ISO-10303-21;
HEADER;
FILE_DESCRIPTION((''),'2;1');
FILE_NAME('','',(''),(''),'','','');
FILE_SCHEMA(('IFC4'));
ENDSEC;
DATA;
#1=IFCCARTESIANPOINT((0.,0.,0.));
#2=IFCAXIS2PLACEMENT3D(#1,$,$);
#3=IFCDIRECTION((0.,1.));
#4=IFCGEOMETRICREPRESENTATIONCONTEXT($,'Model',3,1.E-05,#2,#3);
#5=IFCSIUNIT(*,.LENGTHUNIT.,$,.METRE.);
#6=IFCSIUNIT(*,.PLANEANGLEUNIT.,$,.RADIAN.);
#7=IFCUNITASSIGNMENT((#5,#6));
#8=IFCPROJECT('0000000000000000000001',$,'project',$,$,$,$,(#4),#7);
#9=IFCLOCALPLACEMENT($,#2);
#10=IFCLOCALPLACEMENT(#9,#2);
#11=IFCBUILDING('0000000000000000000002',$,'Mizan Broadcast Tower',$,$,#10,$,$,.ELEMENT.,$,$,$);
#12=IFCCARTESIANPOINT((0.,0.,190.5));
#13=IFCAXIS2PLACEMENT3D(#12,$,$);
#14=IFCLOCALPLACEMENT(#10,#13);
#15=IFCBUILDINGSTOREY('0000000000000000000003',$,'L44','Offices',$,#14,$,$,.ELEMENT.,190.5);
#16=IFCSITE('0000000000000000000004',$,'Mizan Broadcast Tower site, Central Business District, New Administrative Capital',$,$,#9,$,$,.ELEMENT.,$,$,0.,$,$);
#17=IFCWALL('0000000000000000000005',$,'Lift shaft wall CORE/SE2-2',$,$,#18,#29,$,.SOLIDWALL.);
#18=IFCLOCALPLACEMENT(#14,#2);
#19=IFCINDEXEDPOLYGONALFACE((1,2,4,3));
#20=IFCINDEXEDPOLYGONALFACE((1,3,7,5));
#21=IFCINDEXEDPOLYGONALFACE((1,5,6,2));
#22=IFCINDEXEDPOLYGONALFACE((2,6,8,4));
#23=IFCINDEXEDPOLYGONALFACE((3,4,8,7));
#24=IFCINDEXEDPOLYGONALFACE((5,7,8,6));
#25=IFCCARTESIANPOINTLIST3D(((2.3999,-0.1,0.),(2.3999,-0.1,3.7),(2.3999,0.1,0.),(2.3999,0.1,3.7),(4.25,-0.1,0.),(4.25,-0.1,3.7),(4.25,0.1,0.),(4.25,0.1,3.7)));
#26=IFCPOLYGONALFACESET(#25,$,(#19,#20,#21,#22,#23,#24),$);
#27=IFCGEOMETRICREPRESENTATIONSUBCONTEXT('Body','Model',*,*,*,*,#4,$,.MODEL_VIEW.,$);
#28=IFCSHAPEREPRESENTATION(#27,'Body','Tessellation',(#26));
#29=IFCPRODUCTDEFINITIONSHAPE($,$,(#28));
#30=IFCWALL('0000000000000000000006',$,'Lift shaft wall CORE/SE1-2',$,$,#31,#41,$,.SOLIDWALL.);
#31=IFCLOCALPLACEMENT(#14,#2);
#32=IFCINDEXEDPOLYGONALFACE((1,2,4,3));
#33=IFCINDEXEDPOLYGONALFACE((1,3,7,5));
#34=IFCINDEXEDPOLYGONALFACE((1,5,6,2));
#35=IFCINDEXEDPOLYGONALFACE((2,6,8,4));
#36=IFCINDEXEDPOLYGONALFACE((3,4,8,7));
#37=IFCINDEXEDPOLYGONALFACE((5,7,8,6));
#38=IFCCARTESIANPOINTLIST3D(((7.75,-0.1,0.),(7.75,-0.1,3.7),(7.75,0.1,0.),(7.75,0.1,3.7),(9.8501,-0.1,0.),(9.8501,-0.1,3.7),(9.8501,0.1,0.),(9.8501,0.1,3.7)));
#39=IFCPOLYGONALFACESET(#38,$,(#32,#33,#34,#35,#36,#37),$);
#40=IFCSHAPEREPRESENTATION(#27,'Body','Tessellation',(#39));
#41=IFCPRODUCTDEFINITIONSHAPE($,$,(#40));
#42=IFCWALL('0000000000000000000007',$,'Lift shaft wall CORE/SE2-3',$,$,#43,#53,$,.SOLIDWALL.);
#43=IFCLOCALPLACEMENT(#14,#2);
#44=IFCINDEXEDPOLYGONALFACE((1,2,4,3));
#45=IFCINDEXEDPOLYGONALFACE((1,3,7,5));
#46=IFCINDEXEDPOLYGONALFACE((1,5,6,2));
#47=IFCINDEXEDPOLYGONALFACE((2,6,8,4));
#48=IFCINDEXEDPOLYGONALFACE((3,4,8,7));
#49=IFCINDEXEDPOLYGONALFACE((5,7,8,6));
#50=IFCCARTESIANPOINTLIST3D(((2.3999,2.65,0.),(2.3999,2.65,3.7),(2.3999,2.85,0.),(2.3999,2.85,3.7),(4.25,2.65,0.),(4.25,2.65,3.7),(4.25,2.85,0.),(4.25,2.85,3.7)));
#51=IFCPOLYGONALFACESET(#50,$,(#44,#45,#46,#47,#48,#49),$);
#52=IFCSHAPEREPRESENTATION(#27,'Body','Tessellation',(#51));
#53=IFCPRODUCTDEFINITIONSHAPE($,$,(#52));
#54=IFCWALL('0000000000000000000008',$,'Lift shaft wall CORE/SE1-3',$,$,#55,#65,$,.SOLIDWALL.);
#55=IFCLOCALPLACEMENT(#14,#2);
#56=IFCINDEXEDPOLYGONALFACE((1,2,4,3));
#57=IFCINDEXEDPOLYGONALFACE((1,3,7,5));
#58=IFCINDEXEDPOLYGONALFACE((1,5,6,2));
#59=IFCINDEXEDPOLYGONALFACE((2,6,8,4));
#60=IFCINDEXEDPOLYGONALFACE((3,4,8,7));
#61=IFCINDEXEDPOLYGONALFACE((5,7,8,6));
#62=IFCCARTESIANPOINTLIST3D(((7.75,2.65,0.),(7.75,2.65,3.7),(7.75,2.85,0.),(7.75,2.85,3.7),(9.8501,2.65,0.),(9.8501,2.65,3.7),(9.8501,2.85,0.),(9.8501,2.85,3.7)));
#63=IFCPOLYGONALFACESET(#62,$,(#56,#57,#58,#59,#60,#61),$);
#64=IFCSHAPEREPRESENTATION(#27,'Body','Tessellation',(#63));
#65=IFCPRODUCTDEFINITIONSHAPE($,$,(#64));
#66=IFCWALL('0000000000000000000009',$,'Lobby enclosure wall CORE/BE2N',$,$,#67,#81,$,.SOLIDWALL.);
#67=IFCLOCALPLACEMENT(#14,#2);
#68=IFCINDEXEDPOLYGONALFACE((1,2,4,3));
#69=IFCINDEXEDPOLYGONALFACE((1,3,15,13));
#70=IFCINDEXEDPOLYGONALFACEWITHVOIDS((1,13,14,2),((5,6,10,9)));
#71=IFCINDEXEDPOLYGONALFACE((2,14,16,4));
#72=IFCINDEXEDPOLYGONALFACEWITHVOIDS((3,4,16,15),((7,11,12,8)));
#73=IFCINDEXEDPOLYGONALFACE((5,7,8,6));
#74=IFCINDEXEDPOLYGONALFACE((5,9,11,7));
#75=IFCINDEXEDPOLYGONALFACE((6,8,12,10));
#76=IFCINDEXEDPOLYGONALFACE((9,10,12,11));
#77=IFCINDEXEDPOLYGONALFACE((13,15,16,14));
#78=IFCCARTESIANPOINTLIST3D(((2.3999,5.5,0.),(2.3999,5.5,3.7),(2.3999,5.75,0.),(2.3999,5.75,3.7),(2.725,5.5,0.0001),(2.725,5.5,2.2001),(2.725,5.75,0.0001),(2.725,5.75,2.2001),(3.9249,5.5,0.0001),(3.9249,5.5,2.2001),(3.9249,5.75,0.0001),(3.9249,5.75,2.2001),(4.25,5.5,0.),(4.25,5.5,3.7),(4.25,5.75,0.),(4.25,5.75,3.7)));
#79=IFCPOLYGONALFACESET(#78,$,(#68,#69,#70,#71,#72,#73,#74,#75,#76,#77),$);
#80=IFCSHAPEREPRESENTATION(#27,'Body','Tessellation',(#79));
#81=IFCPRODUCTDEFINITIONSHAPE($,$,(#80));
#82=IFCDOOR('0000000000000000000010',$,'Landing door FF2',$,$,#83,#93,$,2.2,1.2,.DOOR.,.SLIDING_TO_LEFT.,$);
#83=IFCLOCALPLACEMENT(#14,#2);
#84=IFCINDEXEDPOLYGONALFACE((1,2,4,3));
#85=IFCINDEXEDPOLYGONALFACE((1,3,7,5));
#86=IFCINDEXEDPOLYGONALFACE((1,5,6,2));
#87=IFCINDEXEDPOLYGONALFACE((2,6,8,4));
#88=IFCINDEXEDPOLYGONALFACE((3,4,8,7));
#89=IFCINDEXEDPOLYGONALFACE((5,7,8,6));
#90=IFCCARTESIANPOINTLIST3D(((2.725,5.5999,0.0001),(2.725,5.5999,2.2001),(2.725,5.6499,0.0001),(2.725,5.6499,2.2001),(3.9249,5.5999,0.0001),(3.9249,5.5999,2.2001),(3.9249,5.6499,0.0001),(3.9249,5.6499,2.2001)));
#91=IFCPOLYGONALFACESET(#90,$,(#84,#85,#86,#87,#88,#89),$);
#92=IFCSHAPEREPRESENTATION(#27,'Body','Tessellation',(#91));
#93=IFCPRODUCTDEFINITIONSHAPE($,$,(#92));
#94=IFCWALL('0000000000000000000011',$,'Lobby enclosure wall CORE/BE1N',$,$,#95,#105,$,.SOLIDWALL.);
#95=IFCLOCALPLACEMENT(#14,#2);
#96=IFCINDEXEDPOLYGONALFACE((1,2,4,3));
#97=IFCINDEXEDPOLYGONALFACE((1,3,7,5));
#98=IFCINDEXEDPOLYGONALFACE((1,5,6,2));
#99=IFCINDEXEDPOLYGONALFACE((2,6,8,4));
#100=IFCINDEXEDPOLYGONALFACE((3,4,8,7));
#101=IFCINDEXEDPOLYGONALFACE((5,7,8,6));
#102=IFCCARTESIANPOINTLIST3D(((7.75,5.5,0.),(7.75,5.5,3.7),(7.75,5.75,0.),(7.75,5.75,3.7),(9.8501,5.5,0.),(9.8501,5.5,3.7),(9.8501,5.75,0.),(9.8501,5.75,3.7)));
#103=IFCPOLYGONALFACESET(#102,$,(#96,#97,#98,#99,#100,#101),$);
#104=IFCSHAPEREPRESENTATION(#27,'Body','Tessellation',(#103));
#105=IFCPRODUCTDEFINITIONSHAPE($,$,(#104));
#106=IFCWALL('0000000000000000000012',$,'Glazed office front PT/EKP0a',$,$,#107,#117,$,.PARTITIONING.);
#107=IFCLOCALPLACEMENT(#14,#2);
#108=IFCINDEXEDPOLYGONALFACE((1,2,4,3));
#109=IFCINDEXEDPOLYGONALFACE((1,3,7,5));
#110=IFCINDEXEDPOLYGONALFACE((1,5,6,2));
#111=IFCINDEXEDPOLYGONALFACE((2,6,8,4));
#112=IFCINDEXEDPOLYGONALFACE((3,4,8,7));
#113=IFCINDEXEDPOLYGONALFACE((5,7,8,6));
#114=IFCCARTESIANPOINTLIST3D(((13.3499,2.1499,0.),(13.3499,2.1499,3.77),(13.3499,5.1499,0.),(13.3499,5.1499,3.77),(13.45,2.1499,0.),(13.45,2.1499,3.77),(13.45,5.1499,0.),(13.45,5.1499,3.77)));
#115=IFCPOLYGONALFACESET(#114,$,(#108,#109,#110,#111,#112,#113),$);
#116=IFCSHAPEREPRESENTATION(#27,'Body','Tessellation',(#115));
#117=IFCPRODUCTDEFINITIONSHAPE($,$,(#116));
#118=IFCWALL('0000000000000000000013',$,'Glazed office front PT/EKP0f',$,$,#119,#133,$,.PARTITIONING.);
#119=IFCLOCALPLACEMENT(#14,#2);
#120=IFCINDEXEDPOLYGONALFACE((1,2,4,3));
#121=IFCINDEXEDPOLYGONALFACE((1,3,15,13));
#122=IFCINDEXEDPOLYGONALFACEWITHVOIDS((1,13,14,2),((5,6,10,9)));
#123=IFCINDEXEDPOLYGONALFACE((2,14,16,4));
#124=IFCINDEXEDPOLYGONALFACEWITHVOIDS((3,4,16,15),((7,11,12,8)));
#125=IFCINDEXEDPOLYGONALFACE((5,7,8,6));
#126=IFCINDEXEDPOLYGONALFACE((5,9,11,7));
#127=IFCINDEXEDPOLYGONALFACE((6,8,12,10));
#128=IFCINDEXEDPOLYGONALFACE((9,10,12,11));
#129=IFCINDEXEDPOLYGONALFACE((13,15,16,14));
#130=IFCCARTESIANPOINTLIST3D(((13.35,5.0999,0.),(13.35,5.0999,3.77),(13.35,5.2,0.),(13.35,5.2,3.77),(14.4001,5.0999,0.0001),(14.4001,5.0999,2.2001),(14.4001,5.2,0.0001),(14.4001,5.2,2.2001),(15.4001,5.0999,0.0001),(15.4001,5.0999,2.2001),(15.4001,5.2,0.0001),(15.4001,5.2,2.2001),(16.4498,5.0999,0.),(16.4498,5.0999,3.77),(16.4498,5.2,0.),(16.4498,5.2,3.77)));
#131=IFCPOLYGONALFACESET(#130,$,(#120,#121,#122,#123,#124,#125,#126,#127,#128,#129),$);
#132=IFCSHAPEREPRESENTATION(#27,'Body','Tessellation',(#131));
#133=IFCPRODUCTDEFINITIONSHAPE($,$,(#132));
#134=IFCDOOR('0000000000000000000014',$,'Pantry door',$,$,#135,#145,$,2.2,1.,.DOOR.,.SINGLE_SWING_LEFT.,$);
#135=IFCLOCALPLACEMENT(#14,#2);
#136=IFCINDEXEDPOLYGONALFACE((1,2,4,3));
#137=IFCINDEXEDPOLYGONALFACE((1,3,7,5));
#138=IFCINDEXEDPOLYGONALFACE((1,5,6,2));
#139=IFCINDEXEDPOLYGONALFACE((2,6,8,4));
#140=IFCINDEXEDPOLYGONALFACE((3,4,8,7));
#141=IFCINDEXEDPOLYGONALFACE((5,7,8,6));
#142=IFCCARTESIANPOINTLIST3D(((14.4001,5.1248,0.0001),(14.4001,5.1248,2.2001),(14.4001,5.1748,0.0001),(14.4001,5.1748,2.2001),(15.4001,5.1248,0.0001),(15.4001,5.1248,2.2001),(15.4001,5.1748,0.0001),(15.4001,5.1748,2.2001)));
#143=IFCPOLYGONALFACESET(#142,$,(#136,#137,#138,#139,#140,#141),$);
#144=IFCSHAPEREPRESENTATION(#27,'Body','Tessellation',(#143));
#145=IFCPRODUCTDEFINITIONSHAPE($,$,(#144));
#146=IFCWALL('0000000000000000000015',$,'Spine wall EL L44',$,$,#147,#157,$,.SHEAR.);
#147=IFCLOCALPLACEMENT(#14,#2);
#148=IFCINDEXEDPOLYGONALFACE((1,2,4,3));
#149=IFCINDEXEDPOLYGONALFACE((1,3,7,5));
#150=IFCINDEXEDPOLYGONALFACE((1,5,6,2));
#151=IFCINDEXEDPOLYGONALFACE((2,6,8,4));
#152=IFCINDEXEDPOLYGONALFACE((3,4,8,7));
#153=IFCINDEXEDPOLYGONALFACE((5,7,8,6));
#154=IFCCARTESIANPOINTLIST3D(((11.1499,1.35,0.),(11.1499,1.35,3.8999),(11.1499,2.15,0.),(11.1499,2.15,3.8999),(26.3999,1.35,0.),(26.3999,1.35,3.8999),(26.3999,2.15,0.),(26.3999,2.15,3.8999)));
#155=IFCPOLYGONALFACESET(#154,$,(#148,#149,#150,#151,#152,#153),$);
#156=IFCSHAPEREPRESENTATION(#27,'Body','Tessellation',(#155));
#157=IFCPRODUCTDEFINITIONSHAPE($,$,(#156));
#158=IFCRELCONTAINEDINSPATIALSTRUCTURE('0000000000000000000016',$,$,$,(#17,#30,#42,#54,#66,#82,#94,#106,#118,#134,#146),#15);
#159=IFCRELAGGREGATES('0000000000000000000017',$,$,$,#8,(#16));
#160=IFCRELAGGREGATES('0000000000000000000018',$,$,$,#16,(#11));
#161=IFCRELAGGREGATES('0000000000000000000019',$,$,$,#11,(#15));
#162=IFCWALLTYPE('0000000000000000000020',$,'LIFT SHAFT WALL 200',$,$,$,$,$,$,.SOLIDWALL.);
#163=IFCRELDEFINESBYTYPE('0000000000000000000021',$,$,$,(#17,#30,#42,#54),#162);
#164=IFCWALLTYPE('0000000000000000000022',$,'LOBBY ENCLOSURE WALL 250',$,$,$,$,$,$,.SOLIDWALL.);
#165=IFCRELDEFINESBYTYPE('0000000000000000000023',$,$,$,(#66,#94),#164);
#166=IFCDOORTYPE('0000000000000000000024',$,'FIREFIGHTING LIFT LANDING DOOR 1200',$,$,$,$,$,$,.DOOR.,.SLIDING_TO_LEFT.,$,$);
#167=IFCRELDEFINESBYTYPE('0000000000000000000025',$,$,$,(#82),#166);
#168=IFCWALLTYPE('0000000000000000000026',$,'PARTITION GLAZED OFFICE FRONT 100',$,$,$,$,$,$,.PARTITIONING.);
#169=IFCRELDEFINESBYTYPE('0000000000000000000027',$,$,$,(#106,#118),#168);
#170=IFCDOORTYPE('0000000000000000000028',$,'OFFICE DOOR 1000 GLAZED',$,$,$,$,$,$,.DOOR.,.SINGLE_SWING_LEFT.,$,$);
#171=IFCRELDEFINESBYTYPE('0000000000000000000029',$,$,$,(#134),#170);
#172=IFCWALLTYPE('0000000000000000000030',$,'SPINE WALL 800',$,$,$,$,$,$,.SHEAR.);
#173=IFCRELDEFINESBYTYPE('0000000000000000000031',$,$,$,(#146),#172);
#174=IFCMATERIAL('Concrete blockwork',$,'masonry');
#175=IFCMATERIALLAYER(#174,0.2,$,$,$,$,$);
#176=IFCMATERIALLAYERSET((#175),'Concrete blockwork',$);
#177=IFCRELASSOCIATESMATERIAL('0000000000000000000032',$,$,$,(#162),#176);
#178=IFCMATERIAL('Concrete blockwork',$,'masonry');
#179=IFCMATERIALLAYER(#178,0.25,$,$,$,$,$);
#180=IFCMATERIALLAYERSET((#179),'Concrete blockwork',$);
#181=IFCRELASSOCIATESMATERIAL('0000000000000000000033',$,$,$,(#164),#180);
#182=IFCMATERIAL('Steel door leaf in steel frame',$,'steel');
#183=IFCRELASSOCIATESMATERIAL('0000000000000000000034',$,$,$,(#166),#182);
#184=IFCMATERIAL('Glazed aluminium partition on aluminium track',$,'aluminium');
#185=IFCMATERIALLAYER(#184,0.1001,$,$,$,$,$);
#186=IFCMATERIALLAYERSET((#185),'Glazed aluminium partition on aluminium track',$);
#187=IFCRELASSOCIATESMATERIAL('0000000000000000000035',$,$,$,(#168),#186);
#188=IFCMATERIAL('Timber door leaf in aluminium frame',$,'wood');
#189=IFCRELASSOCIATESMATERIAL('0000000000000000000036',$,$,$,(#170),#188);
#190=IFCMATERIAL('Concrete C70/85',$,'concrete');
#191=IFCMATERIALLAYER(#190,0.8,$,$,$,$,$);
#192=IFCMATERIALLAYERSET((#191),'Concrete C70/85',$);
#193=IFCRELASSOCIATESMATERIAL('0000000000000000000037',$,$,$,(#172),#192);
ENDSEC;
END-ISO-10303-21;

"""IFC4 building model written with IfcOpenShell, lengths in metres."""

from ifc_helpers import new_model, si_unit, direction, frame, frame_2d, origin, place, context, subcontext, project, spatial, rectangle, extrude, material, layer, layer_set, type_object, element, fill, save


model = new_model("IFC4")

# Units and contexts
model_context = context("Model", 3, precision=1e-05, world=origin(), true_north=direction((0.0, 1.0)))
body_context = subcontext(model_context, "Body", "Model", "MODEL_VIEW")
ifc_project = project(units=[si_unit("LENGTHUNIT", "METRE"), si_unit("PLANEANGLEUNIT", "RADIAN")], contexts=[model_context])

# Site, building, storey
site_placement = place(None, origin())
site = spatial("IfcSite", under=ifc_project, at=site_placement, Name="Mizan Broadcast Tower site, Central Business District, New Administrative Capital", CompositionType="ELEMENT", RefElevation=0.0)
building_placement = place(site_placement, origin())
building = spatial("IfcBuilding", under=site, at=building_placement, Name="Mizan Broadcast Tower", CompositionType="ELEMENT")
storey_placement = place(building_placement, frame((0.0, 0.0, 190.5)))
storey = spatial("IfcBuildingStorey", under=building, at=storey_placement, Name="L44", Description="Offices", CompositionType="ELEMENT", Elevation=190.5)

# Walls
ifc_material_1 = material(Name="Concrete blockwork", Category="masonry")
ifc_layer_1 = layer(ifc_material_1, 0.2)
ifc_layer_set_1 = layer_set([ifc_layer_1], Name="Concrete blockwork")
wall_type_1 = type_object("IfcWallType", Name="LIFT SHAFT WALL 200", PredefinedType="SOLIDWALL", material=ifc_layer_set_1)
wall_1_placement = place(storey_placement, frame((2.3999, 0.0, 0.0), z_axis=(0.0, 0.0, 1.0), x_axis=(1.0, 0.0, 0.0)))
element("IfcWall", 1, at=wall_1_placement, inside=storey, type_object=wall_type_1, Name="Lift shaft wall CORE/SE2-2", PredefinedType="SOLIDWALL", context=body_context, shape_type="SweptSolid", body=[
    extrude(rectangle(XDim=1.8501, YDim=0.2, at=frame_2d((0.925, 0.0))), origin(), (0.0, 0.0, 1.0), 3.7),
])
wall_2_placement = place(storey_placement, frame((7.75, 0.0, 0.0), z_axis=(0.0, 0.0, 1.0), x_axis=(1.0, 0.0, 0.0)))
element("IfcWall", 2, at=wall_2_placement, inside=storey, type_object=wall_type_1, Name="Lift shaft wall CORE/SE1-2", PredefinedType="SOLIDWALL", context=body_context, shape_type="SweptSolid", body=[
    extrude(rectangle(XDim=2.1001, YDim=0.2, at=frame_2d((1.05, 0.0))), origin(), (0.0, 0.0, 1.0), 3.7),
])
wall_3_placement = place(storey_placement, frame((2.3999, 2.75, 0.0), z_axis=(0.0, 0.0, 1.0), x_axis=(1.0, 0.0, 0.0)))
element("IfcWall", 3, at=wall_3_placement, inside=storey, type_object=wall_type_1, Name="Lift shaft wall CORE/SE2-3", PredefinedType="SOLIDWALL", context=body_context, shape_type="SweptSolid", body=[
    extrude(rectangle(XDim=1.8501, YDim=0.2, at=frame_2d((0.925, 0.0))), origin(), (0.0, 0.0, 1.0), 3.7),
])
wall_4_placement = place(storey_placement, frame((7.75, 2.75, 0.0), z_axis=(0.0, 0.0, 1.0), x_axis=(1.0, 0.0, 0.0)))
element("IfcWall", 4, at=wall_4_placement, inside=storey, type_object=wall_type_1, Name="Lift shaft wall CORE/SE1-3", PredefinedType="SOLIDWALL", context=body_context, shape_type="SweptSolid", body=[
    extrude(rectangle(XDim=2.1001, YDim=0.2, at=frame_2d((1.05, 0.0))), origin(), (0.0, 0.0, 1.0), 3.7),
])

# Wall, opening, door
ifc_material_2 = material(Name="Concrete blockwork", Category="masonry")
ifc_layer_2 = layer(ifc_material_2, 0.25)
ifc_layer_set_2 = layer_set([ifc_layer_2], Name="Concrete blockwork")
wall_type_2 = type_object("IfcWallType", Name="LOBBY ENCLOSURE WALL 250", PredefinedType="SOLIDWALL", material=ifc_layer_set_2)
wall_5_placement = place(storey_placement, frame((2.3999, 5.625, 0.0), z_axis=(0.0, 0.0, 1.0), x_axis=(1.0, 0.0, 0.0)))
wall_5 = element("IfcWall", 5, at=wall_5_placement, inside=storey, type_object=wall_type_2, Name="Lobby enclosure wall CORE/BE2N", PredefinedType="SOLIDWALL", context=body_context, shape_type="SweptSolid", body=[
    extrude(rectangle(XDim=1.8501, YDim=0.25, at=frame_2d((0.925, 0.0))), origin(), (0.0, 0.0, 1.0), 3.7),
])
opening_1_placement = place(wall_5_placement, frame((0.325, 0.0, 0.0)))
opening_1 = element("IfcOpeningElement", 6, at=opening_1_placement, cuts=wall_5, PredefinedType="OPENING", context=body_context, shape_type="SweptSolid", body=[
    extrude(rectangle(XDim=1.2, YDim=2.2, at=frame_2d((0.6001, 1.1001))), frame((0.0, 0.135, 0.0), z_axis=(0.0, -1.0, 0.0), x_axis=(1.0, 0.0, 0.0)), (0.0, 0.0, 1.0), 0.27),
])
ifc_material_3 = material(Name="Steel door leaf in steel frame", Category="steel")
door_type_1 = type_object("IfcDoorType", Name="FIREFIGHTING LIFT LANDING DOOR 1200", OperationType="SLIDING_TO_LEFT", PredefinedType="DOOR", material=ifc_material_3)
door_1_placement = place(opening_1_placement, origin())
door_1 = element("IfcDoor", 7, at=door_1_placement, inside=storey, type_object=door_type_1, Name="Landing door FF2", OperationType="SLIDING_TO_LEFT", OverallHeight=2.2, OverallWidth=1.2, PredefinedType="DOOR", context=body_context, shape_type="SweptSolid", body=[
    extrude(rectangle(XDim=1.2, YDim=2.2, at=frame_2d((0.6001, 1.1001))), frame((0.0, 0.0249, 0.0), z_axis=(0.0, -1.0, 0.0), x_axis=(1.0, 0.0, 0.0)), (0.0, 0.0, 1.0), 0.05),
])
fill(opening_1, door_1)

# Walls
wall_6_placement = place(storey_placement, frame((7.75, 5.625, 0.0), z_axis=(0.0, 0.0, 1.0), x_axis=(1.0, 0.0, 0.0)))
element("IfcWall", 8, at=wall_6_placement, inside=storey, type_object=wall_type_2, Name="Lobby enclosure wall CORE/BE1N", PredefinedType="SOLIDWALL", context=body_context, shape_type="SweptSolid", body=[
    extrude(rectangle(XDim=2.1001, YDim=0.25, at=frame_2d((1.05, 0.0))), origin(), (0.0, 0.0, 1.0), 3.7),
])
ifc_material_4 = material(Name="Glazed aluminium partition on aluminium track", Category="aluminium")
ifc_layer_3 = layer(ifc_material_4, 0.1001)
ifc_layer_set_3 = layer_set([ifc_layer_3], Name="Glazed aluminium partition on aluminium track")
wall_type_3 = type_object("IfcWallType", Name="PARTITION GLAZED OFFICE FRONT 100", PredefinedType="PARTITIONING", material=ifc_layer_set_3)
wall_7_placement = place(storey_placement, frame((13.3999, 2.1499, 0.0), z_axis=(0.0, 0.0, 1.0), x_axis=(0.0, 1.0, 0.0)))
element("IfcWall", 9, at=wall_7_placement, inside=storey, type_object=wall_type_3, Name="Glazed office front PT/EKP0a", PredefinedType="PARTITIONING", context=body_context, shape_type="SweptSolid", body=[
    extrude(rectangle(XDim=3.0, YDim=0.1001, at=frame_2d((1.5, 0.0))), origin(), (0.0, 0.0, 1.0), 3.77),
])

# Wall, opening, door
wall_8_placement = place(storey_placement, frame((13.3501, 5.1499, 0.0), z_axis=(0.0, 0.0, 1.0), x_axis=(1.0, 0.0, 0.0)))
wall_8 = element("IfcWall", 10, at=wall_8_placement, inside=storey, type_object=wall_type_3, Name="Glazed office front PT/EKP0f", PredefinedType="PARTITIONING", context=body_context, shape_type="SweptSolid", body=[
    extrude(rectangle(XDim=3.0999, YDim=0.1001, at=frame_2d((1.5498, 0.0))), origin(), (0.0, 0.0, 1.0), 3.77),
])
opening_2_placement = place(wall_8_placement, frame((1.05, 0.0, 0.0)))
opening_2 = element("IfcOpeningElement", 11, at=opening_2_placement, cuts=wall_8, PredefinedType="OPENING", context=body_context, shape_type="SweptSolid", body=[
    extrude(rectangle(XDim=1.0, YDim=2.2, at=frame_2d((0.5, 1.1001))), frame((0.0, 0.0601, 0.0), z_axis=(0.0, -1.0, 0.0), x_axis=(1.0, 0.0, 0.0)), (0.0, 0.0, 1.0), 0.1201),
])
ifc_material_5 = material(Name="Timber door leaf in aluminium frame", Category="wood")
door_type_2 = type_object("IfcDoorType", Name="OFFICE DOOR 1000 GLAZED", OperationType="SINGLE_SWING_LEFT", PredefinedType="DOOR", material=ifc_material_5)
door_2_placement = place(opening_2_placement, origin())
door_2 = element("IfcDoor", 12, at=door_2_placement, inside=storey, type_object=door_type_2, Name="Pantry door", OperationType="SINGLE_SWING_LEFT", OverallHeight=2.2, OverallWidth=1.0, PredefinedType="DOOR", context=body_context, shape_type="SweptSolid", body=[
    extrude(rectangle(XDim=1.0, YDim=2.2, at=frame_2d((0.5, 1.1001))), frame((0.0, 0.0249, 0.0), z_axis=(0.0, -1.0, 0.0), x_axis=(1.0, 0.0, 0.0)), (0.0, 0.0, 1.0), 0.05),
])
fill(opening_2, door_2)

# Wall
ifc_material_6 = material(Name="Concrete C70/85", Category="concrete")
ifc_layer_4 = layer(ifc_material_6, 0.8)
ifc_layer_set_4 = layer_set([ifc_layer_4], Name="Concrete C70/85")
wall_type_4 = type_object("IfcWallType", Name="SPINE WALL 800", PredefinedType="SHEAR", material=ifc_layer_set_4)
wall_9_placement = place(storey_placement, frame((11.1499, 1.75, 0.0), z_axis=(0.0, 0.0, 1.0), x_axis=(1.0, 0.0, 0.0)))
element("IfcWall", 13, at=wall_9_placement, inside=storey, type_object=wall_type_4, Name="Spine wall EL L44", PredefinedType="SHEAR", context=body_context, shape_type="SweptSolid", body=[
    extrude(rectangle(XDim=15.25, YDim=0.8, at=frame_2d((7.625, 0.0))), origin(), (0.0, 0.0, 1.0), 3.8999),
])

save(model, "model.ifc")
